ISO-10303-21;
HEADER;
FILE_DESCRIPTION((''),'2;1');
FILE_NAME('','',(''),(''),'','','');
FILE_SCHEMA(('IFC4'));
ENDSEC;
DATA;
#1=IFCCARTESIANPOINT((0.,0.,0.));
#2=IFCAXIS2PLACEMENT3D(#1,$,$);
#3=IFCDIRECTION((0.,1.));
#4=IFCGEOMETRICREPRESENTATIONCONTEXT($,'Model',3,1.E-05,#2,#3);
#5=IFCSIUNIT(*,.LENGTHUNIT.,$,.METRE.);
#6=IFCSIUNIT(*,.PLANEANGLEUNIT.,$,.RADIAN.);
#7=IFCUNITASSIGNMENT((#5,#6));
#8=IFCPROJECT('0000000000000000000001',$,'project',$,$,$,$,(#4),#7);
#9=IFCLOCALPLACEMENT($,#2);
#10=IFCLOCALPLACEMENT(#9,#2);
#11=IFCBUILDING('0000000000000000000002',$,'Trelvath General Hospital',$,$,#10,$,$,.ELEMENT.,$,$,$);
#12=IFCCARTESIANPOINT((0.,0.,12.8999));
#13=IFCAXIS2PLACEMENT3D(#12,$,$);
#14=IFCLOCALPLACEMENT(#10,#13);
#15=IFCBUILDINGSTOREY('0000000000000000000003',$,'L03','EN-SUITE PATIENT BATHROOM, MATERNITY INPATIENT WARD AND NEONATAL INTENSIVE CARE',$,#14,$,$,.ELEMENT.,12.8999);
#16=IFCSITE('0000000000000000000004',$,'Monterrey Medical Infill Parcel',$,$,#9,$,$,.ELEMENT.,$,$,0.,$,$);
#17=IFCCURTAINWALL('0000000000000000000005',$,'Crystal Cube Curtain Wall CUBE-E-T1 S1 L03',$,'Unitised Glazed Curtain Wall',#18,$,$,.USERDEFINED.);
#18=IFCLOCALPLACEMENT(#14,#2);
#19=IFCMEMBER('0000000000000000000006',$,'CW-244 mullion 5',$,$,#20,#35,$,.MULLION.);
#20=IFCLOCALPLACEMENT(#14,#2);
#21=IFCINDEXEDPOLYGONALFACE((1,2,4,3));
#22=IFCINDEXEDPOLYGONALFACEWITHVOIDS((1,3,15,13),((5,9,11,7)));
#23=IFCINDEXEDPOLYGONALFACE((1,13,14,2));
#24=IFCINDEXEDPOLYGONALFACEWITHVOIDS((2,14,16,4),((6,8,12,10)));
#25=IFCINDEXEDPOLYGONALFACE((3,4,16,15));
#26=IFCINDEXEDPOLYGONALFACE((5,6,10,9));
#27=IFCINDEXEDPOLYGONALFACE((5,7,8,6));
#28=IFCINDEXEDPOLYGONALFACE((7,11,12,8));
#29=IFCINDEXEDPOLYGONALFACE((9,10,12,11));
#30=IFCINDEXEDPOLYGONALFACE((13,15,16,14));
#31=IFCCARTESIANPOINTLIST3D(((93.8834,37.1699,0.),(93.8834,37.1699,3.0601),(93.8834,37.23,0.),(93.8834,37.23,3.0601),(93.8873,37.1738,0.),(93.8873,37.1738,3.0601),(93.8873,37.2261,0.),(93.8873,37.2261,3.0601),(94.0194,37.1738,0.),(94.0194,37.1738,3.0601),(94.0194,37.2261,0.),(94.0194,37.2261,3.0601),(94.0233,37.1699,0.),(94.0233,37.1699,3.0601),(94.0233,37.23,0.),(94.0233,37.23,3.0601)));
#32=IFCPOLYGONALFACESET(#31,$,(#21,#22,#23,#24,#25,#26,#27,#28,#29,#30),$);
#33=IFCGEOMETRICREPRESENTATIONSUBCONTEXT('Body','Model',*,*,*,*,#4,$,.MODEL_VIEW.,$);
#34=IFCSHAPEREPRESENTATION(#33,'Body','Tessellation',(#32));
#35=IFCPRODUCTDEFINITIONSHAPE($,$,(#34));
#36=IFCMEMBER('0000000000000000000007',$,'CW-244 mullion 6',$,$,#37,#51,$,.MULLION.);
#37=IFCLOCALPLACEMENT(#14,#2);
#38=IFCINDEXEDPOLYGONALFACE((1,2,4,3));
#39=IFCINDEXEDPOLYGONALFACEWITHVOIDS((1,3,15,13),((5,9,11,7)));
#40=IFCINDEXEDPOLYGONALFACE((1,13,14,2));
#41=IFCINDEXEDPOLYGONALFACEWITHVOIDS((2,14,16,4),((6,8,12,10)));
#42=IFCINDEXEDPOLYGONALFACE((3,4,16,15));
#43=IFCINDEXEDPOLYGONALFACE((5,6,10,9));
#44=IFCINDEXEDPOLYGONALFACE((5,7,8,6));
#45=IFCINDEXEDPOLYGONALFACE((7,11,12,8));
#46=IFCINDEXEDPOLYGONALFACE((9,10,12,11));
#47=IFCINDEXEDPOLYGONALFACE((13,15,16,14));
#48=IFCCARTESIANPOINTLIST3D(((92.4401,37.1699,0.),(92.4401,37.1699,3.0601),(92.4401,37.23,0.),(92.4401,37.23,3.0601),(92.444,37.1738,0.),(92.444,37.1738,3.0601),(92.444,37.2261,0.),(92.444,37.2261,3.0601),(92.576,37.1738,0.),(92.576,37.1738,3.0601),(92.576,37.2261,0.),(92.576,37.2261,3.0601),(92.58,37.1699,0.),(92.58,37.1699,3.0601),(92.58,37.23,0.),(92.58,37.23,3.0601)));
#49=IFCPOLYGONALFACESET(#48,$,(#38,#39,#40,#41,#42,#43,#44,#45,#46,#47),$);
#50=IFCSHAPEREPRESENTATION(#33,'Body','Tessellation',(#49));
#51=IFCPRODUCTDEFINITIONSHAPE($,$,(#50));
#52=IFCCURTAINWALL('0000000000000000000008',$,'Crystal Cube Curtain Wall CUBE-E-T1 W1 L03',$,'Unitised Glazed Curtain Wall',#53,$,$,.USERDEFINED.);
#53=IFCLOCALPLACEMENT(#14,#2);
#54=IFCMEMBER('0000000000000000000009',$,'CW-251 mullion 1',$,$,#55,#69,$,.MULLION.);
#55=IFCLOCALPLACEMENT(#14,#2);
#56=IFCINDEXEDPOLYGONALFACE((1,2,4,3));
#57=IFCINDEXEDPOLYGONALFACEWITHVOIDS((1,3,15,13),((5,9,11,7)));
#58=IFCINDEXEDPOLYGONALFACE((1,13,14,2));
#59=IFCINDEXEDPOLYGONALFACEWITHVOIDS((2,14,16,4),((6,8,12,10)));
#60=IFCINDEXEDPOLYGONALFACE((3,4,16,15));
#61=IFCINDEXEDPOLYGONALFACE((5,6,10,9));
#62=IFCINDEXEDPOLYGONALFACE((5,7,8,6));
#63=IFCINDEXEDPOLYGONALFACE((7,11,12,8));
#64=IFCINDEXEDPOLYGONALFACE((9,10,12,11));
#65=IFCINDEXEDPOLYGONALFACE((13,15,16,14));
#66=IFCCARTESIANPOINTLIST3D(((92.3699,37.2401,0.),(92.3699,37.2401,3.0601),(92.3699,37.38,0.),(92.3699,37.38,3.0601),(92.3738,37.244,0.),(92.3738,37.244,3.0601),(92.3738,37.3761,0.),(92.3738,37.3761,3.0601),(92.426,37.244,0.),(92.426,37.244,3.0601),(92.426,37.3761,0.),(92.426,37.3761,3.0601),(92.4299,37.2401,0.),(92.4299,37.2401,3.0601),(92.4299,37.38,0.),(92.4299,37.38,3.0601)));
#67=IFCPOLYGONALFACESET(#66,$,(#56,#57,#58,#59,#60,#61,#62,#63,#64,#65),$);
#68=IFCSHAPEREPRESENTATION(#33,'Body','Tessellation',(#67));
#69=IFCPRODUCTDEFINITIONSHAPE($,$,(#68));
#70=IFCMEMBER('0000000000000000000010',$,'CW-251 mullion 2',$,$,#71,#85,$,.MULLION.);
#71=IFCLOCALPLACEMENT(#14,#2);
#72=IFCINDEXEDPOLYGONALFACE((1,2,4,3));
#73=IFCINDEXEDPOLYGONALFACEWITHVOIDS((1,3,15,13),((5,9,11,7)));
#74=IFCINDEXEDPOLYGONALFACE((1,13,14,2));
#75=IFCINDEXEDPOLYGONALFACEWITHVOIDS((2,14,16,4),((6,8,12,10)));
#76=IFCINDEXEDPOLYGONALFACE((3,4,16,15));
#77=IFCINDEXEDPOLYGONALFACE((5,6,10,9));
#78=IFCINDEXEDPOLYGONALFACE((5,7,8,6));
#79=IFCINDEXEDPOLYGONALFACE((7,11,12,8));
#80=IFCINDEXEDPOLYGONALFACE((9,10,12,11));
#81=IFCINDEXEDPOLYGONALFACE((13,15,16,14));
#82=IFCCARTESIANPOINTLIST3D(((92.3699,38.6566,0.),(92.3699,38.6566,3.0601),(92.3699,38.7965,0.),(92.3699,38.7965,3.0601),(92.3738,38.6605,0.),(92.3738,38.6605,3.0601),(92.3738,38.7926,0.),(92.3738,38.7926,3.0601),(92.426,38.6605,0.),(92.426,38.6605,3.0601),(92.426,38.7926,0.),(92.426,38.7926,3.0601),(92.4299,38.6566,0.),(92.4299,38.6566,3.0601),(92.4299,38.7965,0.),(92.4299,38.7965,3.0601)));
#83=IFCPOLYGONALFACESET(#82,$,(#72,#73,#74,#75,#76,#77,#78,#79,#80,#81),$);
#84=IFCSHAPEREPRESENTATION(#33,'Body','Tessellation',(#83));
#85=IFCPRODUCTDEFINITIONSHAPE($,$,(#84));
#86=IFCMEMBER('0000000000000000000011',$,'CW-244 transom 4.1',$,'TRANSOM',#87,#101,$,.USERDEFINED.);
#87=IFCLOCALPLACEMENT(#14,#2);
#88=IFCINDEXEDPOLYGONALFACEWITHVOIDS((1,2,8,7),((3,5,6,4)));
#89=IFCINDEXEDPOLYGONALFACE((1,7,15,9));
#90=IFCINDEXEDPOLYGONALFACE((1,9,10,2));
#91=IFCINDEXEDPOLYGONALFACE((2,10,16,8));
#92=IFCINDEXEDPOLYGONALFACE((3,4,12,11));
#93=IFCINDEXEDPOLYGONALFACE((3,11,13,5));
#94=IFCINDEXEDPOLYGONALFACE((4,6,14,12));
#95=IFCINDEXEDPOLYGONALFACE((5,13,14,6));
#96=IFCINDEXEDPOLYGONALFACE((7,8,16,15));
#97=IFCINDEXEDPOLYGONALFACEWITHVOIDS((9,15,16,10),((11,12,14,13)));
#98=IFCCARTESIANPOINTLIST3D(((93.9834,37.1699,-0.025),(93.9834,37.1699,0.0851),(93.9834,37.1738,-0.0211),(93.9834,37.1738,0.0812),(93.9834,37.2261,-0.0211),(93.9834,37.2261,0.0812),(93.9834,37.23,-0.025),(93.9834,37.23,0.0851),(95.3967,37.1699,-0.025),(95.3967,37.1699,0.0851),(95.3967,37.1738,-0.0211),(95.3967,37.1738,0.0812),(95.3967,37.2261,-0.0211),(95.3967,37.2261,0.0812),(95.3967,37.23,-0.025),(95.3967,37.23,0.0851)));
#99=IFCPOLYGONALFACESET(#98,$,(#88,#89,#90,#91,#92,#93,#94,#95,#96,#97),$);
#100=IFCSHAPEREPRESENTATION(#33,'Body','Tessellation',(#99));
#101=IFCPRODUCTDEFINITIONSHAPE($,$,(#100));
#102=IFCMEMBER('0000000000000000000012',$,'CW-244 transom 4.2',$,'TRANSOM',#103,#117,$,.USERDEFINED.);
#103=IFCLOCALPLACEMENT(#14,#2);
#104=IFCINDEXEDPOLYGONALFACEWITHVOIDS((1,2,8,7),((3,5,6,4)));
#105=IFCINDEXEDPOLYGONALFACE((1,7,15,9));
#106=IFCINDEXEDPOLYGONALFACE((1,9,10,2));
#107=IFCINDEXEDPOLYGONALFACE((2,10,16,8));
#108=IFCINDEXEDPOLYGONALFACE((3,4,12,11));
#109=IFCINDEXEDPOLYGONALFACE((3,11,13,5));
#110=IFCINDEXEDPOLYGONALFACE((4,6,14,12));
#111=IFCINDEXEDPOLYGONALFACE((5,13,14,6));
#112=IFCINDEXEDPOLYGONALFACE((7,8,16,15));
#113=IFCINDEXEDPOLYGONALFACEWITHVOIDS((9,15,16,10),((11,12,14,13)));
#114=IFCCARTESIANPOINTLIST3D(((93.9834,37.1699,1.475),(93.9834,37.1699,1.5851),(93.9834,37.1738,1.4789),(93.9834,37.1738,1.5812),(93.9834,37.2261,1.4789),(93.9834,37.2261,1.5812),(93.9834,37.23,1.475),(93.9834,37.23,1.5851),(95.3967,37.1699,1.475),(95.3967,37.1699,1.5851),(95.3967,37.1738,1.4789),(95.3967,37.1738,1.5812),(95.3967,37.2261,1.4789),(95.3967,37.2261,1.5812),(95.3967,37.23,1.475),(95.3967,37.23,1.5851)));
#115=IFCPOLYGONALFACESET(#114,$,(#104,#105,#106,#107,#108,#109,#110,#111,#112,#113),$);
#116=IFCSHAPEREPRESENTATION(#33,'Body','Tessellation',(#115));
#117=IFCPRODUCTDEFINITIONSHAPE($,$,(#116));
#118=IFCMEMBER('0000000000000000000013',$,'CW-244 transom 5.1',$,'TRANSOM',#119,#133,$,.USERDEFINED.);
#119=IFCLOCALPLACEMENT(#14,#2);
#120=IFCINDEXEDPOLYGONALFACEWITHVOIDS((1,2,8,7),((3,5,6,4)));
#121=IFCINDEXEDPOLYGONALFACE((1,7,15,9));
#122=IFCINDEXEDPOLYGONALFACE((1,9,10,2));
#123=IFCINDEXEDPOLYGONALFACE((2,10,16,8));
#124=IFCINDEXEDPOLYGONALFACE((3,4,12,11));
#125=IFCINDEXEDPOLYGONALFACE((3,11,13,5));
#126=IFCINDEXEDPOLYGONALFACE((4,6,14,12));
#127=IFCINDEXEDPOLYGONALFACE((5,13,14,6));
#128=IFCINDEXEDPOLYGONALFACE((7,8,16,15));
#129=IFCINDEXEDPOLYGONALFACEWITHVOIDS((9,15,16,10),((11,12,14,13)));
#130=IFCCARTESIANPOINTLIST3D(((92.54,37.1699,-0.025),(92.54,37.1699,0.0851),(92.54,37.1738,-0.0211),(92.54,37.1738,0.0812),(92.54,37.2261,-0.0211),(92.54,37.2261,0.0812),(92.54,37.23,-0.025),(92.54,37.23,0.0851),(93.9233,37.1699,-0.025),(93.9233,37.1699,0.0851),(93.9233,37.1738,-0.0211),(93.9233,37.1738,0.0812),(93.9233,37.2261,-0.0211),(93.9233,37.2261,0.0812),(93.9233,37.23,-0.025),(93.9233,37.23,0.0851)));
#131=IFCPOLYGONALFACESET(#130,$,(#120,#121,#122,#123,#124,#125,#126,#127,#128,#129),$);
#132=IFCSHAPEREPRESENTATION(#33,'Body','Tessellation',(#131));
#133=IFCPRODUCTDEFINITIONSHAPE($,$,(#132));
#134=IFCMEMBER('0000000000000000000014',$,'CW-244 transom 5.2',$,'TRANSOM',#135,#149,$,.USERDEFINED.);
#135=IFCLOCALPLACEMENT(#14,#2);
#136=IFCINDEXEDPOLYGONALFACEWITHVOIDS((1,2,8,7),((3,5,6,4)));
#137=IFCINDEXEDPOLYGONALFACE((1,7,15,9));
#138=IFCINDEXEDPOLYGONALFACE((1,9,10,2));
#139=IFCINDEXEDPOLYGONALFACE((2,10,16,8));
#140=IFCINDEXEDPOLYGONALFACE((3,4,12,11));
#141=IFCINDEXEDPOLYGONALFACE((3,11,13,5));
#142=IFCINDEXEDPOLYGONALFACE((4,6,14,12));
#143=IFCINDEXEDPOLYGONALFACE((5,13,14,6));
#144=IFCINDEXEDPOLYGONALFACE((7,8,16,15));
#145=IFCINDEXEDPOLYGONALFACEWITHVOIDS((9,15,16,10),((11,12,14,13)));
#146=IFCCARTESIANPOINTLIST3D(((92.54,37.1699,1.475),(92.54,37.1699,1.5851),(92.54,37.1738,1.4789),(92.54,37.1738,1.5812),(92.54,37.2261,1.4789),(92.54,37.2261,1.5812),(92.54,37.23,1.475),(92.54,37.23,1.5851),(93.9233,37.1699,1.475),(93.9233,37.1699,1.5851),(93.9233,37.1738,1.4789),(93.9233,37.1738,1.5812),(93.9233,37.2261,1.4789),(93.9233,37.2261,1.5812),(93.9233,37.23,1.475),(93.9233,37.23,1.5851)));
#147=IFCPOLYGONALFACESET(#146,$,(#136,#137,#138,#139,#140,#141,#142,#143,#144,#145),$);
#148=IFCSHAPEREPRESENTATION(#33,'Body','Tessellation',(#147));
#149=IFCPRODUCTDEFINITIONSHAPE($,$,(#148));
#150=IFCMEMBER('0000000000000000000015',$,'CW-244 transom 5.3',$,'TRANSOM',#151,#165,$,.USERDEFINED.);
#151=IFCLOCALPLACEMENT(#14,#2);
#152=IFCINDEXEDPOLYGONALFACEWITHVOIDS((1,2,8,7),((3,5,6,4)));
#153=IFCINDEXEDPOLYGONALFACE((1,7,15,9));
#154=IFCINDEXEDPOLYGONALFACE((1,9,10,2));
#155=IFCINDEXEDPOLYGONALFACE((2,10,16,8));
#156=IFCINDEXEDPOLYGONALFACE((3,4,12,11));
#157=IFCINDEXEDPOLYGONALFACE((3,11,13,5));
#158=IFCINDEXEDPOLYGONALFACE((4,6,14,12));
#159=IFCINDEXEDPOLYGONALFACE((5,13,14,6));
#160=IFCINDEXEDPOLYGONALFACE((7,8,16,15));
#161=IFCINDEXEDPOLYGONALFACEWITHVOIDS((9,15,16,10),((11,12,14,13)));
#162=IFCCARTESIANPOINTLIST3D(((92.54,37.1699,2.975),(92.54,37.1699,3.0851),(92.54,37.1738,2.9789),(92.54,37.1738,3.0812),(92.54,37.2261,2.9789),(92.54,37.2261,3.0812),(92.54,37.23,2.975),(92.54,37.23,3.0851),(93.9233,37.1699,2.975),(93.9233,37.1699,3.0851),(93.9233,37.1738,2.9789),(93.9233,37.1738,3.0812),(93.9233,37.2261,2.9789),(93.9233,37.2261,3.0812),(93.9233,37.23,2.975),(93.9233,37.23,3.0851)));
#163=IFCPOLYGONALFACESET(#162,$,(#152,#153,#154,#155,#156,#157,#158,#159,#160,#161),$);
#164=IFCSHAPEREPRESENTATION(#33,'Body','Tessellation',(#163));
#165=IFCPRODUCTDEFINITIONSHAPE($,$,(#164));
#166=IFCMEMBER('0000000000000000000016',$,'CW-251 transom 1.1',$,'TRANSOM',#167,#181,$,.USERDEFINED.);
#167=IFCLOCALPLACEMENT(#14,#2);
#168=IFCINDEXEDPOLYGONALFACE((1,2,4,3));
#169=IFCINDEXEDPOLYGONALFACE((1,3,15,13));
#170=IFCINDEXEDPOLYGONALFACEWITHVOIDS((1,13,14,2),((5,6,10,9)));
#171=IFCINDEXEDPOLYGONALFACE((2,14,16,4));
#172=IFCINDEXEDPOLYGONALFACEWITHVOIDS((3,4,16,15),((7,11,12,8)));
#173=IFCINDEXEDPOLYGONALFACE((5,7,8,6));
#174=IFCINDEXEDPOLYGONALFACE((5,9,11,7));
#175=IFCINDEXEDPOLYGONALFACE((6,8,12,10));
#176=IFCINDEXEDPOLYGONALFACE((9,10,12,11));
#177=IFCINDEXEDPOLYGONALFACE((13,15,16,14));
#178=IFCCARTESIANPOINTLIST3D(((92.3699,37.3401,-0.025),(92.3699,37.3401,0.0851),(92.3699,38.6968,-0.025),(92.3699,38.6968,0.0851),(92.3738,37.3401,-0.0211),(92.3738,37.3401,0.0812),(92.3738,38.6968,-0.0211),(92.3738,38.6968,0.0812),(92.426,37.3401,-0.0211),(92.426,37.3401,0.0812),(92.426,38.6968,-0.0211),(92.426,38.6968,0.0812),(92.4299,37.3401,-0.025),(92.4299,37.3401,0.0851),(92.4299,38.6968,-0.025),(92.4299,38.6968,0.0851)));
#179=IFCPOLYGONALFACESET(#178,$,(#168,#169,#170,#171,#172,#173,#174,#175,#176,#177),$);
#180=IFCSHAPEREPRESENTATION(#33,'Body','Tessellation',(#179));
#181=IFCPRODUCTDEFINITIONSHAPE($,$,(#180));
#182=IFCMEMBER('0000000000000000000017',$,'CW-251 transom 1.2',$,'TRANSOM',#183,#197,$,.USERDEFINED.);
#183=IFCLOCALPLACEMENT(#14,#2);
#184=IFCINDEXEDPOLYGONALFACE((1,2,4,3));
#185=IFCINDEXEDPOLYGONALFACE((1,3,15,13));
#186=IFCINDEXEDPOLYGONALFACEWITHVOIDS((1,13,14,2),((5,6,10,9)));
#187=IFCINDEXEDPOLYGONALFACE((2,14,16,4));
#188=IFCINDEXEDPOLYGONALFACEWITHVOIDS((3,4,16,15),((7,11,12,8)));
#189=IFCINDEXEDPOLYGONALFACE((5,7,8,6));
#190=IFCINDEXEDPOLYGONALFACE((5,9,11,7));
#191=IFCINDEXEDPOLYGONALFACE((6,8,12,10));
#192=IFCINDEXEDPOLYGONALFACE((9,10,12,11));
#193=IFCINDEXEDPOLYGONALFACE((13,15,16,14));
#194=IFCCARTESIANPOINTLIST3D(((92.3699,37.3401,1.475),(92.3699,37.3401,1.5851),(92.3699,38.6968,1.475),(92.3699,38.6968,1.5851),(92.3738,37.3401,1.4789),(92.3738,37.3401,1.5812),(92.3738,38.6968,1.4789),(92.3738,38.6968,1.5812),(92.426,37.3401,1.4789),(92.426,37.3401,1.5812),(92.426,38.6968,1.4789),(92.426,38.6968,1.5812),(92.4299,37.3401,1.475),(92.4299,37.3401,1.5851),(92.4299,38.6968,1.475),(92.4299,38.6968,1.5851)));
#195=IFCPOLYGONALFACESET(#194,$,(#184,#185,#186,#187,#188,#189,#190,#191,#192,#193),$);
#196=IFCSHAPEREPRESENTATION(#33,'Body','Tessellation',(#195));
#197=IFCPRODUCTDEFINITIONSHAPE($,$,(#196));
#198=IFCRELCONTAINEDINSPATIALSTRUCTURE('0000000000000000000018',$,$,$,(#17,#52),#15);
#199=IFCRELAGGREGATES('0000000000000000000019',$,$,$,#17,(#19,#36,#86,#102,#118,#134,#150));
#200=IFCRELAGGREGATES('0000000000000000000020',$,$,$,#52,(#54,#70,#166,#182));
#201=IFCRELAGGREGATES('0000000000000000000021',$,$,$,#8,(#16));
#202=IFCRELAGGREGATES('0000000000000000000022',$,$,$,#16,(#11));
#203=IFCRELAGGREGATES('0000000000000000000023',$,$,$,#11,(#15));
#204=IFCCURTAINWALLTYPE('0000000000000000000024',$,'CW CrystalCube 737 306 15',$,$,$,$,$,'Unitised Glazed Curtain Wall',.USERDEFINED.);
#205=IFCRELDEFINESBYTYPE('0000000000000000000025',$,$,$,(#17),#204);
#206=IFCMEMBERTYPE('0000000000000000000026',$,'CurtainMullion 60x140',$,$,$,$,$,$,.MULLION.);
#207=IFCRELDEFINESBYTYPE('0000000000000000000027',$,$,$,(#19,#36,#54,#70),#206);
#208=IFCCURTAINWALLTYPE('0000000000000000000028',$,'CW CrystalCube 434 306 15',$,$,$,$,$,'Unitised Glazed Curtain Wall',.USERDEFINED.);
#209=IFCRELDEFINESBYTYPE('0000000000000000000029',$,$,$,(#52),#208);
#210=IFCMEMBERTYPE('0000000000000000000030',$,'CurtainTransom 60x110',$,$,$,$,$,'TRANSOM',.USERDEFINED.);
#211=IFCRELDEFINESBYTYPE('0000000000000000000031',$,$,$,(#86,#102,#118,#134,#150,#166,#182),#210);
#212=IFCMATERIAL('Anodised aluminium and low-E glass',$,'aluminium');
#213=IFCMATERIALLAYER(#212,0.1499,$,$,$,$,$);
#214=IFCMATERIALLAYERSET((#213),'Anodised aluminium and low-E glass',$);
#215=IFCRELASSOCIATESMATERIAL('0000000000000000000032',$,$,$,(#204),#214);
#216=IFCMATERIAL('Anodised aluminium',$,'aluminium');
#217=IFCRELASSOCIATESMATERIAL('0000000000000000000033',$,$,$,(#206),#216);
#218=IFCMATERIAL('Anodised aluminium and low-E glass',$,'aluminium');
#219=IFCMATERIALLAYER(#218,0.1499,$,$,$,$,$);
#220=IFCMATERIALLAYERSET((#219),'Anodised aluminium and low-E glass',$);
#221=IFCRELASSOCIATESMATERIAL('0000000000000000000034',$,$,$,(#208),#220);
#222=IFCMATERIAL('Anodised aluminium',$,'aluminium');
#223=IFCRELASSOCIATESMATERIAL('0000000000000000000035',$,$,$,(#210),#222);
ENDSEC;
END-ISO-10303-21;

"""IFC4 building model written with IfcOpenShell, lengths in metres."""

from ifc_helpers import new_model, si_unit, direction, frame, origin, origin_2d, place, context, subcontext, project, spatial, hollow_rectangle, extrude, material, layer, layer_set, material_profile, profile_set, type_object, element, aggregate, save


model = new_model("IFC4")

# Units and contexts
model_context = context("Model", 3, precision=1e-05, world=origin(), true_north=direction((0.0, 1.0)))
body_context = subcontext(model_context, "Body", "Model", "MODEL_VIEW")
ifc_project = project(units=[si_unit("LENGTHUNIT", "METRE"), si_unit("PLANEANGLEUNIT", "RADIAN")], contexts=[model_context])

# Site, building, storey
site_placement = place(None, origin())
site = spatial("IfcSite", under=ifc_project, at=site_placement, Name="Monterrey Medical Infill Parcel", CompositionType="ELEMENT", RefElevation=0.0)
building_placement = place(site_placement, origin())
building = spatial("IfcBuilding", under=site, at=building_placement, Name="Trelvath General Hospital", CompositionType="ELEMENT")
storey_placement = place(building_placement, frame((0.0, 0.0, 12.8999)))
storey = spatial("IfcBuildingStorey", under=building, at=storey_placement, Name="L03", Description="EN-SUITE PATIENT BATHROOM, MATERNITY INPATIENT WARD AND NEONATAL INTENSIVE CARE", CompositionType="ELEMENT", Elevation=12.8999)

# Curtain walls, members
ifc_material_1 = material(Name="Anodised aluminium and low-E glass", Category="aluminium")
ifc_layer_1 = layer(ifc_material_1, 0.1499)
ifc_layer_set_1 = layer_set([ifc_layer_1], Name="Anodised aluminium and low-E glass")
curtain_wall_type_1 = type_object("IfcCurtainWallType", Name="CW CrystalCube 737 306 15", ElementType="Unitised Glazed Curtain Wall", PredefinedType="USERDEFINED", material=ifc_layer_set_1)
curtain_wall_1_placement = place(storey_placement, origin())
curtain_wall_1 = element("IfcCurtainWall", 1, at=curtain_wall_1_placement, inside=storey, type_object=curtain_wall_type_1, Name="Crystal Cube Curtain Wall CUBE-E-T1 S1 L03", ObjectType="Unitised Glazed Curtain Wall", PredefinedType="USERDEFINED")
ifc_material_2 = material(Name="Anodised aluminium", Category="aluminium")
ifc_material_profile_1 = material_profile(ifc_material_2, hollow_rectangle(XDim=0.0601, YDim=0.1399, WallThickness=0.0039, at=origin_2d()), Name="RHS60x140x4")
ifc_profile_set_1 = profile_set([ifc_material_profile_1], Name="Anodised aluminium")
member_type_1 = type_object("IfcMemberType", Name="CurtainMullion 60x140", PredefinedType="MULLION", material=ifc_profile_set_1)
member_1_placement = place(storey_placement, frame((93.9534, 37.2, 0.0), z_axis=(0.0, 0.0, 1.0), x_axis=(0.0, -1.0, 0.0)))
member_1 = element("IfcMember", 2, at=member_1_placement, type_object=member_type_1, Name="CW-244 mullion 5", PredefinedType="MULLION", context=body_context, shape_type="SweptSolid", body=[
    extrude(hollow_rectangle(XDim=0.0601, YDim=0.1399, WallThickness=0.0039, at=origin_2d()), origin(), (0.0, 0.0, 1.0), 3.0601),
])
member_2_placement = place(storey_placement, frame((92.51, 37.2, 0.0), z_axis=(0.0, 0.0, 1.0), x_axis=(0.0, -1.0, 0.0)))
member_2 = element("IfcMember", 3, at=member_2_placement, type_object=member_type_1, Name="CW-244 mullion 6", PredefinedType="MULLION", context=body_context, shape_type="SweptSolid", body=[
    extrude(hollow_rectangle(XDim=0.0601, YDim=0.1399, WallThickness=0.0039, at=origin_2d()), origin(), (0.0, 0.0, 1.0), 3.0601),
])
ifc_material_3 = material(Name="Anodised aluminium and low-E glass", Category="aluminium")
ifc_layer_2 = layer(ifc_material_3, 0.1499)
ifc_layer_set_2 = layer_set([ifc_layer_2], Name="Anodised aluminium and low-E glass")
curtain_wall_type_2 = type_object("IfcCurtainWallType", Name="CW CrystalCube 434 306 15", ElementType="Unitised Glazed Curtain Wall", PredefinedType="USERDEFINED", material=ifc_layer_set_2)
curtain_wall_2_placement = place(storey_placement, origin())
curtain_wall_2 = element("IfcCurtainWall", 4, at=curtain_wall_2_placement, inside=storey, type_object=curtain_wall_type_2, Name="Crystal Cube Curtain Wall CUBE-E-T1 W1 L03", ObjectType="Unitised Glazed Curtain Wall", PredefinedType="USERDEFINED")
member_3_placement = place(storey_placement, frame((92.3999, 37.3101, 0.0), z_axis=(0.0, 0.0, 1.0), x_axis=(-1.0, 0.0, 0.0)))
member_3 = element("IfcMember", 5, at=member_3_placement, type_object=member_type_1, Name="CW-251 mullion 1", PredefinedType="MULLION", context=body_context, shape_type="SweptSolid", body=[
    extrude(hollow_rectangle(XDim=0.0601, YDim=0.1399, WallThickness=0.0039, at=origin_2d()), origin(), (0.0, 0.0, 1.0), 3.0601),
])
member_4_placement = place(storey_placement, frame((92.3999, 38.7266, 0.0), z_axis=(0.0, 0.0, 1.0), x_axis=(-1.0, 0.0, 0.0)))
member_4 = element("IfcMember", 6, at=member_4_placement, type_object=member_type_1, Name="CW-251 mullion 2", PredefinedType="MULLION", context=body_context, shape_type="SweptSolid", body=[
    extrude(hollow_rectangle(XDim=0.0601, YDim=0.1399, WallThickness=0.0039, at=origin_2d()), origin(), (0.0, 0.0, 1.0), 3.0601),
])

# Members
ifc_material_4 = material(Name="Anodised aluminium", Category="aluminium")
ifc_material_profile_2 = material_profile(ifc_material_4, hollow_rectangle(XDim=0.0601, YDim=0.1101, WallThickness=0.0039, at=origin_2d()), Name="RHS60x110x4")
ifc_profile_set_2 = profile_set([ifc_material_profile_2], Name="Anodised aluminium")
member_type_2 = type_object("IfcMemberType", Name="CurtainTransom 60x110", ElementType="TRANSOM", PredefinedType="USERDEFINED", material=ifc_profile_set_2)
member_5_placement = place(storey_placement, frame((95.3967, 37.2, 0.03), z_axis=(-1.0, 0.0, 0.0), x_axis=(0.0, -1.0, 0.0)))
member_5 = element("IfcMember", 7, at=member_5_placement, type_object=member_type_2, Name="CW-244 transom 4.1", ObjectType="TRANSOM", PredefinedType="USERDEFINED", context=body_context, shape_type="SweptSolid", body=[
    extrude(hollow_rectangle(XDim=0.0601, YDim=0.1101, WallThickness=0.0039, at=origin_2d()), origin(), (0.0, 0.0, 1.0), 1.4133),
])
member_6_placement = place(storey_placement, frame((95.3967, 37.2, 1.53), z_axis=(-1.0, 0.0, 0.0), x_axis=(0.0, -1.0, 0.0)))
member_6 = element("IfcMember", 8, at=member_6_placement, type_object=member_type_2, Name="CW-244 transom 4.2", ObjectType="TRANSOM", PredefinedType="USERDEFINED", context=body_context, shape_type="SweptSolid", body=[
    extrude(hollow_rectangle(XDim=0.0601, YDim=0.1101, WallThickness=0.0039, at=origin_2d()), origin(), (0.0, 0.0, 1.0), 1.4133),
])
member_7_placement = place(storey_placement, frame((93.9233, 37.2, 0.03), z_axis=(-1.0, 0.0, 0.0), x_axis=(0.0, -1.0, 0.0)))
member_7 = element("IfcMember", 9, at=member_7_placement, type_object=member_type_2, Name="CW-244 transom 5.1", ObjectType="TRANSOM", PredefinedType="USERDEFINED", context=body_context, shape_type="SweptSolid", body=[
    extrude(hollow_rectangle(XDim=0.0601, YDim=0.1101, WallThickness=0.0039, at=origin_2d()), origin(), (0.0, 0.0, 1.0), 1.3833),
])
member_8_placement = place(storey_placement, frame((93.9233, 37.2, 1.53), z_axis=(-1.0, 0.0, 0.0), x_axis=(0.0, -1.0, 0.0)))
member_8 = element("IfcMember", 10, at=member_8_placement, type_object=member_type_2, Name="CW-244 transom 5.2", ObjectType="TRANSOM", PredefinedType="USERDEFINED", context=body_context, shape_type="SweptSolid", body=[
    extrude(hollow_rectangle(XDim=0.0601, YDim=0.1101, WallThickness=0.0039, at=origin_2d()), origin(), (0.0, 0.0, 1.0), 1.3833),
])
member_9_placement = place(storey_placement, frame((93.9233, 37.2, 3.03), z_axis=(-1.0, 0.0, 0.0), x_axis=(0.0, -1.0, 0.0)))
member_9 = element("IfcMember", 11, at=member_9_placement, type_object=member_type_2, Name="CW-244 transom 5.3", ObjectType="TRANSOM", PredefinedType="USERDEFINED", context=body_context, shape_type="SweptSolid", body=[
    extrude(hollow_rectangle(XDim=0.0601, YDim=0.1101, WallThickness=0.0039, at=origin_2d()), origin(), (0.0, 0.0, 1.0), 1.3833),
])
member_10_placement = place(storey_placement, frame((92.3999, 37.3401, 0.03), z_axis=(0.0, 1.0, 0.0), x_axis=(-1.0, 0.0, 0.0)))
member_10 = element("IfcMember", 12, at=member_10_placement, type_object=member_type_2, Name="CW-251 transom 1.1", ObjectType="TRANSOM", PredefinedType="USERDEFINED", context=body_context, shape_type="SweptSolid", body=[
    extrude(hollow_rectangle(XDim=0.0601, YDim=0.1101, WallThickness=0.0039, at=origin_2d()), origin(), (0.0, 0.0, 1.0), 1.3567),
])
member_11_placement = place(storey_placement, frame((92.3999, 37.3401, 1.53), z_axis=(0.0, 1.0, 0.0), x_axis=(-1.0, 0.0, 0.0)))
member_11 = element("IfcMember", 13, at=member_11_placement, type_object=member_type_2, Name="CW-251 transom 1.2", ObjectType="TRANSOM", PredefinedType="USERDEFINED", context=body_context, shape_type="SweptSolid", body=[
    extrude(hollow_rectangle(XDim=0.0601, YDim=0.1101, WallThickness=0.0039, at=origin_2d()), origin(), (0.0, 0.0, 1.0), 1.3567),
])

aggregate(curtain_wall_1, [member_1, member_2, member_5, member_6, member_7, member_8, member_9])
aggregate(curtain_wall_2, [member_3, member_4, member_10, member_11])

save(model, "model.ifc")
